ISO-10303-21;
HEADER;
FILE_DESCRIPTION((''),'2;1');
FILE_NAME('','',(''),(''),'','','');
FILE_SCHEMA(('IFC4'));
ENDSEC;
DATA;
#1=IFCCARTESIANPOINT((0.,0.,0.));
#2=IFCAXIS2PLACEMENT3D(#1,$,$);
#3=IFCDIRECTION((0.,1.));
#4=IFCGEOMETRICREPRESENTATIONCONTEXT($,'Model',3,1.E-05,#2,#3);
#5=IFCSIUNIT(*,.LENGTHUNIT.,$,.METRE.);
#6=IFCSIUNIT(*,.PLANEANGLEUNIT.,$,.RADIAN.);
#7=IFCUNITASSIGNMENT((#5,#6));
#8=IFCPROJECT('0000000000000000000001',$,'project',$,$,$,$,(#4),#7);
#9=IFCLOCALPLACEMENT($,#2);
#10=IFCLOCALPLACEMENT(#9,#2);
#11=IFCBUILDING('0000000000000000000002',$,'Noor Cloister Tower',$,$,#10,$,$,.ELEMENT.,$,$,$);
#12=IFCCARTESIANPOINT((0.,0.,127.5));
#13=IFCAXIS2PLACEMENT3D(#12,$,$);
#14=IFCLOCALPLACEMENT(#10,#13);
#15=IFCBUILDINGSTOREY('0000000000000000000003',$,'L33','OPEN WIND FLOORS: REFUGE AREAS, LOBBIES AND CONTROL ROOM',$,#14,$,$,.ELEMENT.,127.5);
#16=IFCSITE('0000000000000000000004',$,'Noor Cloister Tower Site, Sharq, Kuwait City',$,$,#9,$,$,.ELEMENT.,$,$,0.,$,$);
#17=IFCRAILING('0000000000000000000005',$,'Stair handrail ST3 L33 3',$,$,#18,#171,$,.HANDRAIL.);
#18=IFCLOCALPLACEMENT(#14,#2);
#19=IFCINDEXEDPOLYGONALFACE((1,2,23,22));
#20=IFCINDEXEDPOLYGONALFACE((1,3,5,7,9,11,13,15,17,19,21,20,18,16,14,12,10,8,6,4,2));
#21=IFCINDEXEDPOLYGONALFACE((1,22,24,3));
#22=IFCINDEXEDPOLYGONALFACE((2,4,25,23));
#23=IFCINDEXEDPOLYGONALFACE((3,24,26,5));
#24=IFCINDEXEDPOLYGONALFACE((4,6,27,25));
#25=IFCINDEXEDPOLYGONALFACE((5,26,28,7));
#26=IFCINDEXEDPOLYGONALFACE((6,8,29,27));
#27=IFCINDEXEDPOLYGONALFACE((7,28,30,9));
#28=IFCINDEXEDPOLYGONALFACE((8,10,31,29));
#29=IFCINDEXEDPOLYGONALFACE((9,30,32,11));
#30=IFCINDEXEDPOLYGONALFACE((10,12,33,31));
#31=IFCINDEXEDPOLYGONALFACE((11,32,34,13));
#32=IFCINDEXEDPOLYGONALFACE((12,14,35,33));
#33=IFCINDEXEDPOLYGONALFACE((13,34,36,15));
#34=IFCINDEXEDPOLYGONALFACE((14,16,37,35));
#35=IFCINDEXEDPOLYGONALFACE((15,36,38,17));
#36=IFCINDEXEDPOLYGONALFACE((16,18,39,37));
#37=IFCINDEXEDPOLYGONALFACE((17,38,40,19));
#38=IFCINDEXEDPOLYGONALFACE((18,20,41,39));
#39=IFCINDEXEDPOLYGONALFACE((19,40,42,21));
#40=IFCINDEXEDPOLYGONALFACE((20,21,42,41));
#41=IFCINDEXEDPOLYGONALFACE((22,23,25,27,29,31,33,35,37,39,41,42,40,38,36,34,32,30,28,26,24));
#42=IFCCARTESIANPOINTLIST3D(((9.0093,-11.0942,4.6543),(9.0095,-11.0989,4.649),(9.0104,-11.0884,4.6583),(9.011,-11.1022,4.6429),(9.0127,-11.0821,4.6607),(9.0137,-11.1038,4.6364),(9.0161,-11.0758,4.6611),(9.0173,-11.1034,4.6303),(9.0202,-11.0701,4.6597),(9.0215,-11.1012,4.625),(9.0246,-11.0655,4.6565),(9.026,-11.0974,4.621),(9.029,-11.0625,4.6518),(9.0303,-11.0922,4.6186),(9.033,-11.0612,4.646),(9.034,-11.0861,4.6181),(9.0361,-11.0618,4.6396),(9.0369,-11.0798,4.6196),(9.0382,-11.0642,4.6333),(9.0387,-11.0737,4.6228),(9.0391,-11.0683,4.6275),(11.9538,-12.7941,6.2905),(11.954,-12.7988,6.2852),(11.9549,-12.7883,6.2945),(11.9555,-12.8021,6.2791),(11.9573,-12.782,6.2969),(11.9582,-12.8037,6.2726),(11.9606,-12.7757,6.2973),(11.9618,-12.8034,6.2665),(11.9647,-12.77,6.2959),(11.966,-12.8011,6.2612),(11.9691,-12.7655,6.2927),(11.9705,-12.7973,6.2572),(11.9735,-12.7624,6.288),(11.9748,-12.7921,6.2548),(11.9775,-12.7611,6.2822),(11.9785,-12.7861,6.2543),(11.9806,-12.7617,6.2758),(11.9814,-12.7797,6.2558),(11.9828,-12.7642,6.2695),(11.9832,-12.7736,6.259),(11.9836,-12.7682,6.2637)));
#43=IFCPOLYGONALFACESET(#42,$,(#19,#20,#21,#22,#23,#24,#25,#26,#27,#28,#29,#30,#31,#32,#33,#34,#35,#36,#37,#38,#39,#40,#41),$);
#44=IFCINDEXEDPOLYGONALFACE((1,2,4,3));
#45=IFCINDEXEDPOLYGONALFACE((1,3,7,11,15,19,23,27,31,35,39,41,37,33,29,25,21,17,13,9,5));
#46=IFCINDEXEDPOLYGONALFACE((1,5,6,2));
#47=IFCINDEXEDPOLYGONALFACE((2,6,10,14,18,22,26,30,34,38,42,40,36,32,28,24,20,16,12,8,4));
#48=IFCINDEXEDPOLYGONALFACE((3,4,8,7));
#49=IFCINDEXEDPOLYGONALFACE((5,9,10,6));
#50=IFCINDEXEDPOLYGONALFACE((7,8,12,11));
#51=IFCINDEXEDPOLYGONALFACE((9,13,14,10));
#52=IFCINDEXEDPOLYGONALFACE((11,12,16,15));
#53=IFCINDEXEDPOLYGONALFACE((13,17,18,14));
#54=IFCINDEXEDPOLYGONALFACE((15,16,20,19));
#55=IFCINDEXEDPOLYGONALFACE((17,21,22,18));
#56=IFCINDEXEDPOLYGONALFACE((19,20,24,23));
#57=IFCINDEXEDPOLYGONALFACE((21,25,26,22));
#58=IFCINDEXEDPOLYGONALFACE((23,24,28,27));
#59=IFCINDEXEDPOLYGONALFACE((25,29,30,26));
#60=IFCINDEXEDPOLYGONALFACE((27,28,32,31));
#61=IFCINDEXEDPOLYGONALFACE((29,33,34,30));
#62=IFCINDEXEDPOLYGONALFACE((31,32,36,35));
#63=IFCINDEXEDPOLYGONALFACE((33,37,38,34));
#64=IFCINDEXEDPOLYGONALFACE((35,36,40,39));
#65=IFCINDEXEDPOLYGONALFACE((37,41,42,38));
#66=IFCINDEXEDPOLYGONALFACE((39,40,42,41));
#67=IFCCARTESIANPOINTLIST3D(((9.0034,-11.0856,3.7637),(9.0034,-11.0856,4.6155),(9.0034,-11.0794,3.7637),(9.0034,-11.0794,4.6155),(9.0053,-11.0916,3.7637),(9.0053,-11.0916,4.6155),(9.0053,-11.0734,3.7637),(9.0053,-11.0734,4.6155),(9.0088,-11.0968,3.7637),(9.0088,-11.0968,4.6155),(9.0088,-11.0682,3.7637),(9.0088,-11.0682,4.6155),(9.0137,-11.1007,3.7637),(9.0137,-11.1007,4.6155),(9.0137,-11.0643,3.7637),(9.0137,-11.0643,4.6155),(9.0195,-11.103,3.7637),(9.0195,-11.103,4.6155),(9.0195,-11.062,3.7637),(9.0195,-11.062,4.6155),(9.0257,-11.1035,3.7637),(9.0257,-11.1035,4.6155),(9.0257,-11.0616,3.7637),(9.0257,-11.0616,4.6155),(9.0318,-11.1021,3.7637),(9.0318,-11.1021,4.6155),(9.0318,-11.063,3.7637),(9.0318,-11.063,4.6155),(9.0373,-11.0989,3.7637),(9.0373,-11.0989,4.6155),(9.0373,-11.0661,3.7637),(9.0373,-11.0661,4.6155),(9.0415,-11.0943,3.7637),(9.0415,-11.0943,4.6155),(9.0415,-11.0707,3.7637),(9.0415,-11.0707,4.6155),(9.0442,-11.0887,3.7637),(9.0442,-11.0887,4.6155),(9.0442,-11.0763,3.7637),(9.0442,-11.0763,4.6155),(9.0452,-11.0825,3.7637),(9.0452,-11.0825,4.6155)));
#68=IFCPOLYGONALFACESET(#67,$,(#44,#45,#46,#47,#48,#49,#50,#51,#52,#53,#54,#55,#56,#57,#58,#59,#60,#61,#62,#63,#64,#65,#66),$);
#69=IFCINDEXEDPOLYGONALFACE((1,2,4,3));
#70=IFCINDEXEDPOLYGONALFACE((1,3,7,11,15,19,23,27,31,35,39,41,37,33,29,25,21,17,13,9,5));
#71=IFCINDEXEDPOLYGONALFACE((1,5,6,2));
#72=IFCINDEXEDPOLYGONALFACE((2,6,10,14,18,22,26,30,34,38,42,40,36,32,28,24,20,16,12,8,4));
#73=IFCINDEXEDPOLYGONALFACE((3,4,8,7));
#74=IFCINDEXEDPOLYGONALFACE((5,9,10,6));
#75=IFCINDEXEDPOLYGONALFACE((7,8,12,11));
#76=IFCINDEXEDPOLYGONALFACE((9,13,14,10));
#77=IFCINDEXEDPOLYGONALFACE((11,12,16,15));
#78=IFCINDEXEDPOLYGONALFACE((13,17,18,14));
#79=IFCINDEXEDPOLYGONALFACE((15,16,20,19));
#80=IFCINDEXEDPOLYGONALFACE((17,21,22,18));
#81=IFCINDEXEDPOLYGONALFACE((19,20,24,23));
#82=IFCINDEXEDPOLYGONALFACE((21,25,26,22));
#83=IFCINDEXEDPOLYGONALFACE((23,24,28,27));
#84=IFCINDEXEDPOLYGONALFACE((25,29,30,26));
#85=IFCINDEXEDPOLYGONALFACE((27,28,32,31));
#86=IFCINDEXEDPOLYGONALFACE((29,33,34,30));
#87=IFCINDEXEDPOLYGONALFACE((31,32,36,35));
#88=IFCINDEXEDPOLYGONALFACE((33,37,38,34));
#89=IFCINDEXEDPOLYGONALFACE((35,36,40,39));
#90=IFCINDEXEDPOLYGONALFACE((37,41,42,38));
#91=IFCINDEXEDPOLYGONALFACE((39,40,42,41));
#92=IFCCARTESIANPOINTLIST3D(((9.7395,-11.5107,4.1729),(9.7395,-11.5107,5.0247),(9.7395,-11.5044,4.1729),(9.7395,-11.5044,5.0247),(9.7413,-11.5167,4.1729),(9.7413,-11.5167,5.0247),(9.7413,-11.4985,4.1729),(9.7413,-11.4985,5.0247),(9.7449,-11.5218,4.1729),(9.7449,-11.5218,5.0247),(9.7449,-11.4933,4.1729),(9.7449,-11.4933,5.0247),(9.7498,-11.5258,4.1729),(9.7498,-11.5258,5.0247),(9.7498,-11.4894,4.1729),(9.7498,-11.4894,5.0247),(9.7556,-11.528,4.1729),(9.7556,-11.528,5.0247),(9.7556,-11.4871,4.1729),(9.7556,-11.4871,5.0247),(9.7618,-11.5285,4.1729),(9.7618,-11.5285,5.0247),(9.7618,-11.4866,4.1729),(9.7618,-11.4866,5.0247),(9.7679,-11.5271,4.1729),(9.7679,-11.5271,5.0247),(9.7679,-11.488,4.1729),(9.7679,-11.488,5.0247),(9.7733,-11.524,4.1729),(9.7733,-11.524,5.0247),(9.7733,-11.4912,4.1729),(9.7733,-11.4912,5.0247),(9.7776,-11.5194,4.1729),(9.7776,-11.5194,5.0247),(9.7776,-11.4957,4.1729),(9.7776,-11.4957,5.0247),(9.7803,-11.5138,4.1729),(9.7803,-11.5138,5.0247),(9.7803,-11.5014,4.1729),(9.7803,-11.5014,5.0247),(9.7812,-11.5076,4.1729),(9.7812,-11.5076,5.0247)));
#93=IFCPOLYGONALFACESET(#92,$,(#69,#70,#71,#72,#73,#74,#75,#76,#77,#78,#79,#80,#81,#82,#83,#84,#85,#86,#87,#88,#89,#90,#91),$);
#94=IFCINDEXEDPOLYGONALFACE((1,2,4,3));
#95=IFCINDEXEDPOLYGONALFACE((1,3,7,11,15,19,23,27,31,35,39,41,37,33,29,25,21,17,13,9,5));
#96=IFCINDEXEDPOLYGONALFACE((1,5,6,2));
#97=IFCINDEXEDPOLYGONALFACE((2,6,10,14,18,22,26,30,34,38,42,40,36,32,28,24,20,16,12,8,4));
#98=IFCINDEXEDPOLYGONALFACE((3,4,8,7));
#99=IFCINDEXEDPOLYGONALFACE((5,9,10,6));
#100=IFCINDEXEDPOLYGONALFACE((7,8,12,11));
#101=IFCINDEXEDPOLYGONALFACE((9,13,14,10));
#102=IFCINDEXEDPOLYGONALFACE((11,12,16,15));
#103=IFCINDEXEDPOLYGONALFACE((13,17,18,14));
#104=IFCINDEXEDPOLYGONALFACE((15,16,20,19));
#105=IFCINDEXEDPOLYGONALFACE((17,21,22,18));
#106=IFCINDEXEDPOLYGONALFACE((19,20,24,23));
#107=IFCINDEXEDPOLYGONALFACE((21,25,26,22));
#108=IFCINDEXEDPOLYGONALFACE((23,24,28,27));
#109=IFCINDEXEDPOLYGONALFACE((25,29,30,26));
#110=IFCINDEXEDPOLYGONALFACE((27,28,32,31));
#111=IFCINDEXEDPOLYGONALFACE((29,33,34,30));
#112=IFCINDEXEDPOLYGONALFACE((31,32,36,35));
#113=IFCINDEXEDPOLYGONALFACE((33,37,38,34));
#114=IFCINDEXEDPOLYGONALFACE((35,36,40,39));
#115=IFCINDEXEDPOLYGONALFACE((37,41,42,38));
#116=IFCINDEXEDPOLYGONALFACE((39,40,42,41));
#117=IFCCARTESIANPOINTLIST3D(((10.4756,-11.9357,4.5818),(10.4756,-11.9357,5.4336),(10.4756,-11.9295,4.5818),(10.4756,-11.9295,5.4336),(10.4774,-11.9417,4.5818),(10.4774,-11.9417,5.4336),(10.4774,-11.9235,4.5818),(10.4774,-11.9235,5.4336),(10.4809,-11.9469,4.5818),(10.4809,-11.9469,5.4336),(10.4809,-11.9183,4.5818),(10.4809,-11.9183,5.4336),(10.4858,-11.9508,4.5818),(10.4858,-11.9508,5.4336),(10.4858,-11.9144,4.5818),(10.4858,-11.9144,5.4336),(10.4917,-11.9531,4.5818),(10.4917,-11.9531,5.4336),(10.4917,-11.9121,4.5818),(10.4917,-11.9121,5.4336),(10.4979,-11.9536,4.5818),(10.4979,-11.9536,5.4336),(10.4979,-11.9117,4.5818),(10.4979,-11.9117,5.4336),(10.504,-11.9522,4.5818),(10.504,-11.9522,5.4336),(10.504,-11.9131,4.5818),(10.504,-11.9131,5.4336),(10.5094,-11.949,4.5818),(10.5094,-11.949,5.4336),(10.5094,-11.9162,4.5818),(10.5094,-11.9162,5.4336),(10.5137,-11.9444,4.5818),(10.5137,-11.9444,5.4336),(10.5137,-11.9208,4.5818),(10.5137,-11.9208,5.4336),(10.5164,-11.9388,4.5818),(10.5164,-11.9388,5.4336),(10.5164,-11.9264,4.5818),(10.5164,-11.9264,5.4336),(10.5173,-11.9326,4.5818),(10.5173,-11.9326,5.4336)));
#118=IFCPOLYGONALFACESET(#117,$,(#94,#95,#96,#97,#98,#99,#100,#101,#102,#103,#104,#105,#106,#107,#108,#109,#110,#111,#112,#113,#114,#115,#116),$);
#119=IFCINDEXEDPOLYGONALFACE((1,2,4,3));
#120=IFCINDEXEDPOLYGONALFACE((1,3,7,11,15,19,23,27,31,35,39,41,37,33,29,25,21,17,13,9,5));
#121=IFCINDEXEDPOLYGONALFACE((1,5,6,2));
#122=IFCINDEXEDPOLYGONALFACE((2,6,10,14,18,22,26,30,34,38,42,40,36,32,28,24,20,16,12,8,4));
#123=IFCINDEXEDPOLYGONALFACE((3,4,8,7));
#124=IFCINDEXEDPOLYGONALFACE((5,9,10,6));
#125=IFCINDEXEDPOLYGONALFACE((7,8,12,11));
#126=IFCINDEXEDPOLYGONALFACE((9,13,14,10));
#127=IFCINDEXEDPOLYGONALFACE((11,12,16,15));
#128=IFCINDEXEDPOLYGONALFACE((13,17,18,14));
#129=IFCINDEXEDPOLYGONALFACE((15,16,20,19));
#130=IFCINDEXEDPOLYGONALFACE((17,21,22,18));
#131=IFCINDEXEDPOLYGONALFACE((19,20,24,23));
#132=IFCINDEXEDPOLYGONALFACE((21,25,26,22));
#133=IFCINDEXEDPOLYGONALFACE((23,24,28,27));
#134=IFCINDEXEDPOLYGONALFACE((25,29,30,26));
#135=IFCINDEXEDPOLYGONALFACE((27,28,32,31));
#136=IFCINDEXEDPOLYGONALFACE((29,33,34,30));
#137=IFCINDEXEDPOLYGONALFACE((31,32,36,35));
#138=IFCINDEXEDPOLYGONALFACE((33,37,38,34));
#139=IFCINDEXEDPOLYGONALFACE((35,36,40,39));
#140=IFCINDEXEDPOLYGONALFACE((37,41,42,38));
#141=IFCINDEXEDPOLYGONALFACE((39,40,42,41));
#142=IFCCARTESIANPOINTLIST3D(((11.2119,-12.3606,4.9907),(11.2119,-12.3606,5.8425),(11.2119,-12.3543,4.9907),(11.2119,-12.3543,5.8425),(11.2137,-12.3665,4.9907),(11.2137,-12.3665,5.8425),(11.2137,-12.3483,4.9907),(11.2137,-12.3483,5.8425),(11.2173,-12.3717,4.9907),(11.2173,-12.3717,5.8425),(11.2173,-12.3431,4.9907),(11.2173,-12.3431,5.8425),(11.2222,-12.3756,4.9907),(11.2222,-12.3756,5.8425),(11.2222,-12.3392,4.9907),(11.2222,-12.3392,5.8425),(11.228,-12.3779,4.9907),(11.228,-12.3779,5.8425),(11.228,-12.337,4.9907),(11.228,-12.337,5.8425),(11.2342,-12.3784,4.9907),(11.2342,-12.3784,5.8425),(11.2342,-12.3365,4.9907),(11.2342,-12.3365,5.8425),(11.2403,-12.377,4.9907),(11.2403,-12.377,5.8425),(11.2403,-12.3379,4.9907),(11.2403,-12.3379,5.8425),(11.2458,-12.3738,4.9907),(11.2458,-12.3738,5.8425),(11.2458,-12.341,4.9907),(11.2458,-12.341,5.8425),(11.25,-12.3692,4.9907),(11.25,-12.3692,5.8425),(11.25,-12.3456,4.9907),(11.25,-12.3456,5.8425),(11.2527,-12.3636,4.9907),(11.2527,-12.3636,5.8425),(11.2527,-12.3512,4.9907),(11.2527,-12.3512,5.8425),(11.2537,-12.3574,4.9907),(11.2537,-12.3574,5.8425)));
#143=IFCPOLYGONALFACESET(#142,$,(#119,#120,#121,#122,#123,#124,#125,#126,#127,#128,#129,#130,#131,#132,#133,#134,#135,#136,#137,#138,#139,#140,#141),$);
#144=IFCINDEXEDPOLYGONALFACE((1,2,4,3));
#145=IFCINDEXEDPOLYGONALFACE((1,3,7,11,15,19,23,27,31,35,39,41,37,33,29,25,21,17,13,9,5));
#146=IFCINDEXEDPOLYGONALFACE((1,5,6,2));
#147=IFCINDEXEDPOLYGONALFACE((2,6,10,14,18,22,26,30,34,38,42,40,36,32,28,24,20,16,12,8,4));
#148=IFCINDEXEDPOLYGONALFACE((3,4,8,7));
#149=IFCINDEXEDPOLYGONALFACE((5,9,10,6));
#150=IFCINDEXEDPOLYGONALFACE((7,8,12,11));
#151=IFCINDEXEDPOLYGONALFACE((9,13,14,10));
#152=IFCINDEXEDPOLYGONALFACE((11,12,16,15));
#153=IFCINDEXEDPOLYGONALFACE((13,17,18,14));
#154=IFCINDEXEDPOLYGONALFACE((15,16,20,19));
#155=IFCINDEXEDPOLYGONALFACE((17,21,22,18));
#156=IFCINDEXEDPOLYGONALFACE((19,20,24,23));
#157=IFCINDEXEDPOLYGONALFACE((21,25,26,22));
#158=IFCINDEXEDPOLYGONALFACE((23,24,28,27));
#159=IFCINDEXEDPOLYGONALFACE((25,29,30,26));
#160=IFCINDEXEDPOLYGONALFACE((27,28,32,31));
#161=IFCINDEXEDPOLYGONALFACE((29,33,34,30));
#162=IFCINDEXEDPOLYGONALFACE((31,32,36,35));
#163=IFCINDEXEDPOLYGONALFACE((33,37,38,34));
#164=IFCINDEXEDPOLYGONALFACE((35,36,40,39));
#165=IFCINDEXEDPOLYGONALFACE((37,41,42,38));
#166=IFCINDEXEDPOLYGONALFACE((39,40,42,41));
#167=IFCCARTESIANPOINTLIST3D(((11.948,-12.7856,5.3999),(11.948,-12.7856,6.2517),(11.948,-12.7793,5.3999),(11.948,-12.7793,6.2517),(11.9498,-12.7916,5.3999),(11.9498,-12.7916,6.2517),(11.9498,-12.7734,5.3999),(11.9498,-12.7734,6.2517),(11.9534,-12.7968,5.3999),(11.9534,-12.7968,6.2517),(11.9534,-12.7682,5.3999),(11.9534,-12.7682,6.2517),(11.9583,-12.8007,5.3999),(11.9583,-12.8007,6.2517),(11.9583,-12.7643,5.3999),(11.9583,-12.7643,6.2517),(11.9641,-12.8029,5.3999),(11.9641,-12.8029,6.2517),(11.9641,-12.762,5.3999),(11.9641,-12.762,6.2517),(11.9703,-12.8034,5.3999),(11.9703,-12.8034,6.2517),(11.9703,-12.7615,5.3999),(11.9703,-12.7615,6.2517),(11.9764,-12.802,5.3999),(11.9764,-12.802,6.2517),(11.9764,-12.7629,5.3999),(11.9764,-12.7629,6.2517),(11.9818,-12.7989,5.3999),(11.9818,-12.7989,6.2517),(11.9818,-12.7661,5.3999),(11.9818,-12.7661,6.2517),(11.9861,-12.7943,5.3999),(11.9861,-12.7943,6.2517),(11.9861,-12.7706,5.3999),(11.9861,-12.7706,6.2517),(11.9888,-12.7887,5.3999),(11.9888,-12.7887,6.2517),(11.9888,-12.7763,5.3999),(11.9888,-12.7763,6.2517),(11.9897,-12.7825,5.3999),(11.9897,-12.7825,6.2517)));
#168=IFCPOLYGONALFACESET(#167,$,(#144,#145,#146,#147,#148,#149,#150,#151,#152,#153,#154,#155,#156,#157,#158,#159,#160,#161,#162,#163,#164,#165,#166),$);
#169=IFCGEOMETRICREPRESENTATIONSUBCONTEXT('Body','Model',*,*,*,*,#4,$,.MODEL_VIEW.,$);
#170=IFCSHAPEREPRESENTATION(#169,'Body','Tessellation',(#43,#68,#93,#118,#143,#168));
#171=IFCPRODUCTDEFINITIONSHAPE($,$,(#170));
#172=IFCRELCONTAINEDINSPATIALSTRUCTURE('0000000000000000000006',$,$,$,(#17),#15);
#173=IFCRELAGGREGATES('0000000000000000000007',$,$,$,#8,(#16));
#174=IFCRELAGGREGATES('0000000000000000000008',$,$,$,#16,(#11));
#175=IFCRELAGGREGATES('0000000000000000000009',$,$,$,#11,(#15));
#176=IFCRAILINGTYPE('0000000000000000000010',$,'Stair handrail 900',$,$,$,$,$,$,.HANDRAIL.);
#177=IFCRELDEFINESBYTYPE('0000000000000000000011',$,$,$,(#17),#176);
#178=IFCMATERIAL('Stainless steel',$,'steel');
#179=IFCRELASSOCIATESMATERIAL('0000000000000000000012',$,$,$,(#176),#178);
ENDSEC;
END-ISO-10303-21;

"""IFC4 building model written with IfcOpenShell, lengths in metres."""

from ifc_helpers import new_model, si_unit, direction, frame, origin, origin_2d, place, context, subcontext, project, spatial, circle, extrude, material, type_object, element, save


model = new_model("IFC4")

# Units and contexts
model_context = context("Model", 3, precision=1e-05, world=origin(), true_north=direction((0.0, 1.0)))
body_context = subcontext(model_context, "Body", "Model", "MODEL_VIEW")
ifc_project = project(units=[si_unit("LENGTHUNIT", "METRE"), si_unit("PLANEANGLEUNIT", "RADIAN")], contexts=[model_context])

# Site, building, storey
site_placement = place(None, origin())
site = spatial("IfcSite", under=ifc_project, at=site_placement, Name="Noor Cloister Tower Site, Sharq, Kuwait City", CompositionType="ELEMENT", RefElevation=0.0)
building_placement = place(site_placement, origin())
building = spatial("IfcBuilding", under=site, at=building_placement, Name="Noor Cloister Tower", CompositionType="ELEMENT")
storey_placement = place(building_placement, frame((0.0, 0.0, 127.5)))
storey = spatial("IfcBuildingStorey", under=building, at=storey_placement, Name="L33", Description="OPEN WIND FLOORS: REFUGE AREAS, LOBBIES AND CONTROL ROOM", CompositionType="ELEMENT", Elevation=127.5)

# Railing
ifc_material_1 = material(Name="Stainless steel", Category="steel")
railing_type_1 = type_object("IfcRailingType", Name="Stair handrail 900", PredefinedType="HANDRAIL", material=ifc_material_1)
railing_1_placement = place(storey_placement, frame((9.0242, -11.0825, 3.7637)))
element("IfcRailing", 1, at=railing_1_placement, inside=storey, type_object=railing_type_1, Name="Stair handrail ST3 L33 3", PredefinedType="HANDRAIL", context=body_context, shape_type="SweptSolid", body=[
    extrude(circle(Radius=0.0239, at=origin_2d()), frame((0.0, 0.0, 0.876), z_axis=(0.780377, -0.450524, 0.433636), x_axis=(0.499977, 0.866039, 0.0)), (0.0, 0.0, 1.0), 3.7732),
    extrude(circle(Radius=0.021, at=origin_2d()), origin(), (0.0, 0.0, 1.0), 0.8518),
    extrude(circle(Radius=0.021, at=origin_2d()), frame((0.7361, -0.425, 0.4092)), (0.0, 0.0, 1.0), 0.8518),
    extrude(circle(Radius=0.021, at=origin_2d()), frame((1.4722, -0.8501, 0.8181)), (0.0, 0.0, 1.0), 0.8518),
    extrude(circle(Radius=0.021, at=origin_2d()), frame((2.2085, -1.2749, 1.2271)), (0.0, 0.0, 1.0), 0.8518),
    extrude(circle(Radius=0.021, at=origin_2d()), frame((2.9446, -1.7, 1.6362)), (0.0, 0.0, 1.0), 0.8518),
])

save(model, "model.ifc")
